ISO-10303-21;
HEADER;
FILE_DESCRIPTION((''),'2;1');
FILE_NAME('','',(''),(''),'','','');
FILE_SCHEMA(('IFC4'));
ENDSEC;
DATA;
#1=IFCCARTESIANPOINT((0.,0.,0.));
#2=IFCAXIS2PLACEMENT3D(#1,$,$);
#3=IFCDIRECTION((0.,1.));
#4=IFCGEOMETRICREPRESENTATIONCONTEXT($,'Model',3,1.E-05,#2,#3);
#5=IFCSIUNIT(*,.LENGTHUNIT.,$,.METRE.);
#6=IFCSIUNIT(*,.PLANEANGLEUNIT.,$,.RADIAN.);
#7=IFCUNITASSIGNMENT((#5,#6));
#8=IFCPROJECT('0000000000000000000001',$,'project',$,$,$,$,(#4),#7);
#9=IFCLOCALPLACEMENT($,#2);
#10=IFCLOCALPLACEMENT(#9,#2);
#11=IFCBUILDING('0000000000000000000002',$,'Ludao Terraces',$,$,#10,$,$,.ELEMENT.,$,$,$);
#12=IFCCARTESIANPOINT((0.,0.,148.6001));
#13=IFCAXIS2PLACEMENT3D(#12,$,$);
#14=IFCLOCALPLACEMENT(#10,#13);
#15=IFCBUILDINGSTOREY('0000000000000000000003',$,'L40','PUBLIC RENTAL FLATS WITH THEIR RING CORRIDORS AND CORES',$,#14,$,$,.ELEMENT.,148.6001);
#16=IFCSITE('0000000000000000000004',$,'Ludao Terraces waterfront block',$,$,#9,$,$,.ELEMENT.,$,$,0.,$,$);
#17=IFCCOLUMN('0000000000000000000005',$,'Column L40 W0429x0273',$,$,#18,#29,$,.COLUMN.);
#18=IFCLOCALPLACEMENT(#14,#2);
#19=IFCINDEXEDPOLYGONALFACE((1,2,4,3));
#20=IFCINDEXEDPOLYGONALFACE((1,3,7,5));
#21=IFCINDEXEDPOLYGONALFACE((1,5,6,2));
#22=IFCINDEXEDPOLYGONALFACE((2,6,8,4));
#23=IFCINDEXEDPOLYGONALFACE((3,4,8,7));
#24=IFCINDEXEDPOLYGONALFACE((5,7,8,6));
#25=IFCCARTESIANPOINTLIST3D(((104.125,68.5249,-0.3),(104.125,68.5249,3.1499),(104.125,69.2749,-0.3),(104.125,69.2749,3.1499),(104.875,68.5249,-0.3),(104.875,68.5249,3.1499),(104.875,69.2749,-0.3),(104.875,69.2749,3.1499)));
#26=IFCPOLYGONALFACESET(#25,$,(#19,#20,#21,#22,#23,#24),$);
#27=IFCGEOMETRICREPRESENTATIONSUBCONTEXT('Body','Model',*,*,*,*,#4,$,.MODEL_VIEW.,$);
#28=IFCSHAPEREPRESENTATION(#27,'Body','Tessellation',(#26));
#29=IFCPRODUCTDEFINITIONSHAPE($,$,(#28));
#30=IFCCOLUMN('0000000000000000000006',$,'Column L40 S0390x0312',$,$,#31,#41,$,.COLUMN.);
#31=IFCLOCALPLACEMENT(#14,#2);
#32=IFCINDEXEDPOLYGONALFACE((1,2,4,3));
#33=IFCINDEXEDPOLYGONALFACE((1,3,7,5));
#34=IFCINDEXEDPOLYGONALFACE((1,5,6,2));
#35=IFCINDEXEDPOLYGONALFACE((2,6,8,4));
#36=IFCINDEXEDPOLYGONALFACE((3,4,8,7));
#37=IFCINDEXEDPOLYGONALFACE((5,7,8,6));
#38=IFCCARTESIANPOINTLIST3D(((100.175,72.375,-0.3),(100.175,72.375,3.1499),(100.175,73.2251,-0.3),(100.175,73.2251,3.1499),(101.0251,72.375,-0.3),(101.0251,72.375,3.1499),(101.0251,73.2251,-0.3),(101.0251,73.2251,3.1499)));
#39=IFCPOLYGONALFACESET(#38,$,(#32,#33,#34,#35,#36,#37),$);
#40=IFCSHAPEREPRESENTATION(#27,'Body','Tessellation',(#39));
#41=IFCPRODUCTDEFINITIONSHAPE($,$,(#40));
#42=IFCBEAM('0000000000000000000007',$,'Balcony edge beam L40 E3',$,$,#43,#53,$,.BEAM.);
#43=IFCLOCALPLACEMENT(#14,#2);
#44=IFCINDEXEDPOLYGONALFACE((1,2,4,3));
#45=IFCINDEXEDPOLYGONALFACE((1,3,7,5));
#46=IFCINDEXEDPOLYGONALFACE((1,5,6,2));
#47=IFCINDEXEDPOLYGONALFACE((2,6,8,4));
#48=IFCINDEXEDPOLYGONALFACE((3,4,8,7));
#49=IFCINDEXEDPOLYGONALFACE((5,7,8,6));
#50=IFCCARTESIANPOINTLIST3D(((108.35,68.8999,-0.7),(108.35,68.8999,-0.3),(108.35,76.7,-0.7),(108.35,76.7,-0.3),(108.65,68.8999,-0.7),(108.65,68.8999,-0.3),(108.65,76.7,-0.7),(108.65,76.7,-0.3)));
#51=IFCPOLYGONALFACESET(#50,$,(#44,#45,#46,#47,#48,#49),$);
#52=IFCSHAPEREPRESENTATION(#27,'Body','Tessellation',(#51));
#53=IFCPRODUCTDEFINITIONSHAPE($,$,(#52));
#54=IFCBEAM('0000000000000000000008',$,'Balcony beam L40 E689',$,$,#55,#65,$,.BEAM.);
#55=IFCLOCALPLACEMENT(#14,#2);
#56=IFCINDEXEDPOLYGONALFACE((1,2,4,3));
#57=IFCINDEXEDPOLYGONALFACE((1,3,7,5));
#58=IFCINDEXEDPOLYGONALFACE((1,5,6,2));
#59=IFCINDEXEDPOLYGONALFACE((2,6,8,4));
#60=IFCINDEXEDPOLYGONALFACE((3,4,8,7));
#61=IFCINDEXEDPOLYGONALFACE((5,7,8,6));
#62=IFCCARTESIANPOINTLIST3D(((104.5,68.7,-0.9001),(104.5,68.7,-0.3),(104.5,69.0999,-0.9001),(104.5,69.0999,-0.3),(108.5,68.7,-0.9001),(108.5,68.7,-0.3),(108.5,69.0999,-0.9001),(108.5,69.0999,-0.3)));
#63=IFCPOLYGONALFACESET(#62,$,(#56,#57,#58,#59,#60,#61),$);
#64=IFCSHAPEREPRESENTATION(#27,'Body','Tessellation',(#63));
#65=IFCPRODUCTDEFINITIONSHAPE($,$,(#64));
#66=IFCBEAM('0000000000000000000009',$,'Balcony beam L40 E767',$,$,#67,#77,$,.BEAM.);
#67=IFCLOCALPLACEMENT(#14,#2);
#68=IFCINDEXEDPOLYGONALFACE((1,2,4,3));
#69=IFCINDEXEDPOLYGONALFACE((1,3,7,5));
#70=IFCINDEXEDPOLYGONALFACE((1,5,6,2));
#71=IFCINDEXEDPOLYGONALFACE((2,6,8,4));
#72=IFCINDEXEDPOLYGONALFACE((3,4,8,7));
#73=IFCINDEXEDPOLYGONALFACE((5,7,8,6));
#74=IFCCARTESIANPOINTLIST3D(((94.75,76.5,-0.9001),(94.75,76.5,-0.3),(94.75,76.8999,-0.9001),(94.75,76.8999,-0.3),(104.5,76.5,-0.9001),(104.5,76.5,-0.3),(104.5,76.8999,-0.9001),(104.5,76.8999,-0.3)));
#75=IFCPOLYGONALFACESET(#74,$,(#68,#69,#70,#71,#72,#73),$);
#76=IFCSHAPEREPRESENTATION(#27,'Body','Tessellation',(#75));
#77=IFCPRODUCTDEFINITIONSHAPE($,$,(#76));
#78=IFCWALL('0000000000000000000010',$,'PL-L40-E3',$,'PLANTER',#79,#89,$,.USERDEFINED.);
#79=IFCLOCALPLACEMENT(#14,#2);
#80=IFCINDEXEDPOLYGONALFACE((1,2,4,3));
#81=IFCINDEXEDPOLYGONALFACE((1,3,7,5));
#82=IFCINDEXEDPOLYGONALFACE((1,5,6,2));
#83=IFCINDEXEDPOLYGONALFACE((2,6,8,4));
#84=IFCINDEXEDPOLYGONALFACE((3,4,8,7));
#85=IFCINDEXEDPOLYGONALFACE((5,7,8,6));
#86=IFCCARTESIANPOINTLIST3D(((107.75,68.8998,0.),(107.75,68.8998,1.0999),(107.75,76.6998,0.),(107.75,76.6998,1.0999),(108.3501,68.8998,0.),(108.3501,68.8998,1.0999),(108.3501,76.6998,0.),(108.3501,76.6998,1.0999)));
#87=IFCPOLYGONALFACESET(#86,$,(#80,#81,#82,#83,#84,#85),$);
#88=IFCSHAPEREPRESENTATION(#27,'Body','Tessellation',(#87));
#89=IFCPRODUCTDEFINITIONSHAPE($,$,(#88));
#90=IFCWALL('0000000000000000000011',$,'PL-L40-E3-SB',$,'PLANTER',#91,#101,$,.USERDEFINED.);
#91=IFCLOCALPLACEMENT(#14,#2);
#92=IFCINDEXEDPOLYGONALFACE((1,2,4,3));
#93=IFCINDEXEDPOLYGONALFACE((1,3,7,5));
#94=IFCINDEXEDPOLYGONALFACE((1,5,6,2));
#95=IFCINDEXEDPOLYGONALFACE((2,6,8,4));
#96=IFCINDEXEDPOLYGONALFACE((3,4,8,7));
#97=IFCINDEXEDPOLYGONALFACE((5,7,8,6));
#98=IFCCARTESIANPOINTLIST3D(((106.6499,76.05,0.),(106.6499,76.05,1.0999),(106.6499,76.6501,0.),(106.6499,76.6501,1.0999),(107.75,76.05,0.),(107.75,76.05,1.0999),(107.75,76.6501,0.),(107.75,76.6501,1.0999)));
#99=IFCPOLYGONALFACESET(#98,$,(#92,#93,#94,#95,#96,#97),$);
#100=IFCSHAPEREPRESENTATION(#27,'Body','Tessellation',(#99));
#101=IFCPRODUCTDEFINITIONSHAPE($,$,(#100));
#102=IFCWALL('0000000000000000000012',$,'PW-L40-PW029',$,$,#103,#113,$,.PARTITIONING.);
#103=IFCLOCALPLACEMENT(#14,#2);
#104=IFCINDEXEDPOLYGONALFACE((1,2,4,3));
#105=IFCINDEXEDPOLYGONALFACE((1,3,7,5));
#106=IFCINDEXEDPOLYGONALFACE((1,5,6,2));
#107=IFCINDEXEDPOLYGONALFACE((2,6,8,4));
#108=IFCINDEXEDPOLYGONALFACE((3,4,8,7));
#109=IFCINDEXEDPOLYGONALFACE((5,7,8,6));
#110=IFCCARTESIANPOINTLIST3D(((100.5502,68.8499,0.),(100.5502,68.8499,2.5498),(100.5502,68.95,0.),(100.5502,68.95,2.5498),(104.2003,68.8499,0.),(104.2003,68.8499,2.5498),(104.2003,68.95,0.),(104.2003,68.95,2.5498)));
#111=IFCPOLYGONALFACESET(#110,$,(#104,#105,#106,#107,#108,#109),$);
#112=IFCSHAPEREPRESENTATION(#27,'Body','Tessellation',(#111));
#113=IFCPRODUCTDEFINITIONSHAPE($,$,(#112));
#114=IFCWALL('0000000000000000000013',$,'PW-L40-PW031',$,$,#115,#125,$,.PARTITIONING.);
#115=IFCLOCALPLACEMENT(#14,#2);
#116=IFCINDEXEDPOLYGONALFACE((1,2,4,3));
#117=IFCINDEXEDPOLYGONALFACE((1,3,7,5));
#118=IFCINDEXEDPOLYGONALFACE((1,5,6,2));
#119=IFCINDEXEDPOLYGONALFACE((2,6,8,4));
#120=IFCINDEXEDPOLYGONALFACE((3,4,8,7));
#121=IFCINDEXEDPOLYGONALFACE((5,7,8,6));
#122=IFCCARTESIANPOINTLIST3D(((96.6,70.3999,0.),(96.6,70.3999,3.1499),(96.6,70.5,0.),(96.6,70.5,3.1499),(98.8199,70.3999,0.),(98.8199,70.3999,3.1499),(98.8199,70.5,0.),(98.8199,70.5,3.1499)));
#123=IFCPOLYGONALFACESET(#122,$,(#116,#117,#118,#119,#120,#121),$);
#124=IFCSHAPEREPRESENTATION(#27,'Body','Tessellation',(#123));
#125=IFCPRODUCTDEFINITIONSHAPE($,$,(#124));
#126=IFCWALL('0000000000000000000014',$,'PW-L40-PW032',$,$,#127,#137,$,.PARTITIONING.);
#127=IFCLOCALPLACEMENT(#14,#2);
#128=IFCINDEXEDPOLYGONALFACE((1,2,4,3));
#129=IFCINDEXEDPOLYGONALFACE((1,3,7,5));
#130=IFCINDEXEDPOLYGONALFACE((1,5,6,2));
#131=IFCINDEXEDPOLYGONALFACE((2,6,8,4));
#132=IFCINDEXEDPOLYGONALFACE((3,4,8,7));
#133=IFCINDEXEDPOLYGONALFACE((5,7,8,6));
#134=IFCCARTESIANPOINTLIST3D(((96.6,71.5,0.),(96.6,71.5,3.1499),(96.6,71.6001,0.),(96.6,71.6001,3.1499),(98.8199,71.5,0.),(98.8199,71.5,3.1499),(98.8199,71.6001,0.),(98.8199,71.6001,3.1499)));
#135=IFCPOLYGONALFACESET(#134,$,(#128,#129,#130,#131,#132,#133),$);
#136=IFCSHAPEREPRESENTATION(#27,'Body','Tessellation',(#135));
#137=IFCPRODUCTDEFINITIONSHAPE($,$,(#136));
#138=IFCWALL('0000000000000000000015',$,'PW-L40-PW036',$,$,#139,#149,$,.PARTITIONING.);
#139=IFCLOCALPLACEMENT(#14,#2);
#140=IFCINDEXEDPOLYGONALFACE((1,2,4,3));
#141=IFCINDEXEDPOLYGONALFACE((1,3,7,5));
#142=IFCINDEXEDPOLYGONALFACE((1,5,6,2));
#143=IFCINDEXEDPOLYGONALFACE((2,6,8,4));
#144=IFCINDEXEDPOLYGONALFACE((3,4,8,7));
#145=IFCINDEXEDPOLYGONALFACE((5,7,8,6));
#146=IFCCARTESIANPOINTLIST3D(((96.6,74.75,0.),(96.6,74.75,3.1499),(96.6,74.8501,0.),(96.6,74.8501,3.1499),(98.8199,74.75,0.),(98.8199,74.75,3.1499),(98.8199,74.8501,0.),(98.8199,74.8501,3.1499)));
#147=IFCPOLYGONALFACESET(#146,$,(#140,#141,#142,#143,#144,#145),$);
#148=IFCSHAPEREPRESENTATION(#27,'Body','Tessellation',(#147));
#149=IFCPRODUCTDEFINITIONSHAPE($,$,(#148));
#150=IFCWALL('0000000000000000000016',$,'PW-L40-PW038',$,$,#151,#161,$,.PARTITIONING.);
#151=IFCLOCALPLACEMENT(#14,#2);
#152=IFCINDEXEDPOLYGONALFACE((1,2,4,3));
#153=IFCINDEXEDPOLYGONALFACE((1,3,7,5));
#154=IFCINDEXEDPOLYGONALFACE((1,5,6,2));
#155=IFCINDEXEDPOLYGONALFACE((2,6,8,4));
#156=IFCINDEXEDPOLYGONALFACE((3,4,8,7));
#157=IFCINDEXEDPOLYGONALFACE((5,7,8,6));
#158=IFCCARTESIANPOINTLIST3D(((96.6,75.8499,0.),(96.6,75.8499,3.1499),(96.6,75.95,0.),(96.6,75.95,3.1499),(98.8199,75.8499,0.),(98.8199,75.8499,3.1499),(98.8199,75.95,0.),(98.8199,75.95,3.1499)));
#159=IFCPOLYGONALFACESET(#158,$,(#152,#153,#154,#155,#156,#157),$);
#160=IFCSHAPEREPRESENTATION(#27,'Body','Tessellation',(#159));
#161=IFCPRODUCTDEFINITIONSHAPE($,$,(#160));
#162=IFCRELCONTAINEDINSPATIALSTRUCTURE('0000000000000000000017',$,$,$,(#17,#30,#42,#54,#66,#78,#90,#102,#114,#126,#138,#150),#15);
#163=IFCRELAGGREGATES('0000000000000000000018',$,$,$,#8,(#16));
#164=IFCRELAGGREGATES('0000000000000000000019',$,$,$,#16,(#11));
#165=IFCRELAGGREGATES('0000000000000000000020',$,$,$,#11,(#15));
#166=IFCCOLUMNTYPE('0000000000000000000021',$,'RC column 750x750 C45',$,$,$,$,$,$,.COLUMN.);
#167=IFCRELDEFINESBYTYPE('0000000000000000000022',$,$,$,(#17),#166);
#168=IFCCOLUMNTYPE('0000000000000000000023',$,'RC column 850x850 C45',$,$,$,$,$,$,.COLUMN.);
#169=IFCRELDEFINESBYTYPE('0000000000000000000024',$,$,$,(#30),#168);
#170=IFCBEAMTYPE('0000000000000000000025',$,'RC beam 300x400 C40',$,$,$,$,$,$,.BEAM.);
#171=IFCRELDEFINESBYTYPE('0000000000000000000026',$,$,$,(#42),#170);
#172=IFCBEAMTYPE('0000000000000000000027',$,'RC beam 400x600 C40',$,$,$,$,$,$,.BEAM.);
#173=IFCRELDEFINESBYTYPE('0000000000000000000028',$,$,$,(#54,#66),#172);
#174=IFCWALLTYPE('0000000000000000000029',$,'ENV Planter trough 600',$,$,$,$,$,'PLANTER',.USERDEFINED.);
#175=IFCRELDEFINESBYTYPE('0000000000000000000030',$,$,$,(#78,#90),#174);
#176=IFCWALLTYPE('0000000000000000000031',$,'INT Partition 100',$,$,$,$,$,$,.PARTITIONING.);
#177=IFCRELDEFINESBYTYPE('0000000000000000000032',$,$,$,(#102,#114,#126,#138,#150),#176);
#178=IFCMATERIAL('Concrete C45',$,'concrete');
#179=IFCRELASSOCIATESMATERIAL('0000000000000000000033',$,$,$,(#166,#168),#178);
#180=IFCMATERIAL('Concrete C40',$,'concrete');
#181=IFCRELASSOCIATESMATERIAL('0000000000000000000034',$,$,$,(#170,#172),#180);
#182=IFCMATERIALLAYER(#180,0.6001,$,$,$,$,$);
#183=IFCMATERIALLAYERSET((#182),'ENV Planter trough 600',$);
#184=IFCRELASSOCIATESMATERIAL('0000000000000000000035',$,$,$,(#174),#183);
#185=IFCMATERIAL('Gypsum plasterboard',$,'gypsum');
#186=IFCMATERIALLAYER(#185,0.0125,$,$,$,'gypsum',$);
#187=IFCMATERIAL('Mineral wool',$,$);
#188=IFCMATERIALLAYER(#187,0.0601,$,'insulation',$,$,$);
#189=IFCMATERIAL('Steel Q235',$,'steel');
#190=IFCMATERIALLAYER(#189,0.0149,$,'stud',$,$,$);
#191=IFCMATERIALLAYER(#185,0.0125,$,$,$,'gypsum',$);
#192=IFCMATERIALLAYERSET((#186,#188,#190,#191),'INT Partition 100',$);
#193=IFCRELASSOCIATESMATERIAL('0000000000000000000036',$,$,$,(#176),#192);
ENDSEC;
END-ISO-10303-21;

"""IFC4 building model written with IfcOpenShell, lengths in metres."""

from ifc_helpers import new_model, si_unit, direction, frame, frame_2d, origin, origin_2d, place, context, subcontext, project, spatial, rectangle, extrude, material, layer, layer_set, material_profile, profile_set, type_object, element, save


model = new_model("IFC4")

# Units and contexts
model_context = context("Model", 3, precision=1e-05, world=origin(), true_north=direction((0.0, 1.0)))
body_context = subcontext(model_context, "Body", "Model", "MODEL_VIEW")
ifc_project = project(units=[si_unit("LENGTHUNIT", "METRE"), si_unit("PLANEANGLEUNIT", "RADIAN")], contexts=[model_context])

# Site, building, storey
site_placement = place(None, origin())
site = spatial("IfcSite", under=ifc_project, at=site_placement, Name="Ludao Terraces waterfront block", CompositionType="ELEMENT", RefElevation=0.0)
building_placement = place(site_placement, origin())
building = spatial("IfcBuilding", under=site, at=building_placement, Name="Ludao Terraces", CompositionType="ELEMENT")
storey_placement = place(building_placement, frame((0.0, 0.0, 148.6001)))
storey = spatial("IfcBuildingStorey", under=building, at=storey_placement, Name="L40", Description="PUBLIC RENTAL FLATS WITH THEIR RING CORRIDORS AND CORES", CompositionType="ELEMENT", Elevation=148.6001)

# Columns
ifc_material_1 = material(Name="Concrete C45", Category="concrete")
ifc_material_profile_1 = material_profile(ifc_material_1, rectangle(XDim=0.75, YDim=0.75, at=origin_2d()), Name="750 X 750")
ifc_profile_set_1 = profile_set([ifc_material_profile_1], Name="Concrete C45")
column_type_1 = type_object("IfcColumnType", Name="RC column 750x750 C45", PredefinedType="COLUMN", material=ifc_profile_set_1)
column_1_placement = place(storey_placement, frame((104.5, 68.8999, -0.3), z_axis=(0.0, 0.0, 1.0), x_axis=(1.0, 0.0, 0.0)))
element("IfcColumn", 1, at=column_1_placement, inside=storey, type_object=column_type_1, Name="Column L40 W0429x0273", PredefinedType="COLUMN", context=body_context, shape_type="SweptSolid", body=[
    extrude(rectangle(XDim=0.75, YDim=0.75, at=origin_2d()), origin(), (0.0, 0.0, 1.0), 3.45),
])
ifc_material_profile_2 = material_profile(ifc_material_1, rectangle(XDim=0.8501, YDim=0.8501, at=origin_2d()), Name="850 X 850")
ifc_profile_set_2 = profile_set([ifc_material_profile_2], Name="Concrete C45")
column_type_2 = type_object("IfcColumnType", Name="RC column 850x850 C45", PredefinedType="COLUMN", material=ifc_profile_set_2)
column_2_placement = place(storey_placement, frame((100.6001, 72.8, -0.3), z_axis=(0.0, 0.0, 1.0), x_axis=(1.0, 0.0, 0.0)))
element("IfcColumn", 2, at=column_2_placement, inside=storey, type_object=column_type_2, Name="Column L40 S0390x0312", PredefinedType="COLUMN", context=body_context, shape_type="SweptSolid", body=[
    extrude(rectangle(XDim=0.8501, YDim=0.8501, at=origin_2d()), origin(), (0.0, 0.0, 1.0), 3.45),
])

# Beams
ifc_material_2 = material(Name="Concrete C40", Category="concrete")
ifc_material_profile_3 = material_profile(ifc_material_2, rectangle(XDim=0.3, YDim=0.3999, at=origin_2d()), Name="300 X 400")
ifc_profile_set_3 = profile_set([ifc_material_profile_3], Name="Concrete C40")
beam_type_1 = type_object("IfcBeamType", Name="RC beam 300x400 C40", PredefinedType="BEAM", material=ifc_profile_set_3)
beam_1_placement = place(storey_placement, frame((108.5, 68.8999, -0.5), z_axis=(0.0, 1.0, 0.0), x_axis=(-1.0, 0.0, 0.0)))
element("IfcBeam", 3, at=beam_1_placement, inside=storey, type_object=beam_type_1, Name="Balcony edge beam L40 E3", PredefinedType="BEAM", context=body_context, shape_type="SweptSolid", body=[
    extrude(rectangle(XDim=0.3, YDim=0.3999, at=origin_2d()), origin(), (0.0, 0.0, 1.0), 7.8),
])
ifc_material_profile_4 = material_profile(ifc_material_2, rectangle(XDim=0.3999, YDim=0.6001, at=origin_2d()), Name="400 X 600")
ifc_profile_set_4 = profile_set([ifc_material_profile_4], Name="Concrete C40")
beam_type_2 = type_object("IfcBeamType", Name="RC beam 400x600 C40", PredefinedType="BEAM", material=ifc_profile_set_4)
beam_2_placement = place(storey_placement, frame((104.5, 68.8999, -0.6001), z_axis=(1.0, 0.0, 0.0), x_axis=(0.0, 1.0, 0.0)))
element("IfcBeam", 4, at=beam_2_placement, inside=storey, type_object=beam_type_2, Name="Balcony beam L40 E689", PredefinedType="BEAM", context=body_context, shape_type="SweptSolid", body=[
    extrude(rectangle(XDim=0.3999, YDim=0.6001, at=origin_2d()), origin(), (0.0, 0.0, 1.0), 4.0),
])
beam_3_placement = place(storey_placement, frame((94.75, 76.7, -0.6001), z_axis=(1.0, 0.0, 0.0), x_axis=(0.0, 1.0, 0.0)))
element("IfcBeam", 5, at=beam_3_placement, inside=storey, type_object=beam_type_2, Name="Balcony beam L40 E767", PredefinedType="BEAM", context=body_context, shape_type="SweptSolid", body=[
    extrude(rectangle(XDim=0.3999, YDim=0.6001, at=origin_2d()), origin(), (0.0, 0.0, 1.0), 9.75),
])

# Walls
ifc_layer_1 = layer(ifc_material_2, 0.6001)
ifc_layer_set_1 = layer_set([ifc_layer_1], Name="ENV Planter trough 600")
wall_type_1 = type_object("IfcWallType", Name="ENV Planter trough 600", ElementType="PLANTER", PredefinedType="USERDEFINED", material=ifc_layer_set_1)
wall_1_placement = place(storey_placement, frame((108.05, 68.8999, 0.0), z_axis=(0.0, 0.0, 1.0), x_axis=(0.0, 1.0, 0.0)))
element("IfcWall", 6, at=wall_1_placement, inside=storey, type_object=wall_type_1, Name="PL-L40-E3", ObjectType="PLANTER", PredefinedType="USERDEFINED", context=body_context, shape_type="SweptSolid", body=[
    extrude(rectangle(XDim=7.8, YDim=0.6001, at=frame_2d((3.8999, 0.0))), origin(), (0.0, 0.0, 1.0), 1.0999),
])
wall_2_placement = place(storey_placement, frame((107.75, 76.3501, 0.0), z_axis=(0.0, 0.0, 1.0), x_axis=(-1.0, 0.0, 0.0)))
element("IfcWall", 7, at=wall_2_placement, inside=storey, type_object=wall_type_1, Name="PL-L40-E3-SB", ObjectType="PLANTER", PredefinedType="USERDEFINED", context=body_context, shape_type="SweptSolid", body=[
    extrude(rectangle(XDim=1.1001, YDim=0.6001, at=frame_2d((0.55, 0.0))), origin(), (0.0, 0.0, 1.0), 1.0999),
])

# Shared definitions
ifc_material_3 = material(Name="Mineral wool")

# Walls
ifc_material_4 = material(Name="Gypsum plasterboard", Category="gypsum")
ifc_layer_2 = layer(ifc_material_4, 0.0125, Category="gypsum")
ifc_layer_3 = layer(ifc_material_3, 0.0601, Name="insulation")
ifc_material_5 = material(Name="Steel Q235", Category="steel")
ifc_layer_4 = layer(ifc_material_5, 0.0149, Name="stud")
ifc_layer_5 = layer(ifc_material_4, 0.0125, Category="gypsum")
ifc_layer_set_2 = layer_set([ifc_layer_2, ifc_layer_3, ifc_layer_4, ifc_layer_5], Name="INT Partition 100")
wall_type_2 = type_object("IfcWallType", Name="INT Partition 100", PredefinedType="PARTITIONING", material=ifc_layer_set_2)
wall_3_placement = place(storey_placement, frame((100.55, 68.8999, 0.0), z_axis=(0.0, 0.0, 1.0), x_axis=(1.0, 0.0, 0.0)))
element("IfcWall", 8, at=wall_3_placement, inside=storey, type_object=wall_type_2, Name="PW-L40-PW029", PredefinedType="PARTITIONING", context=body_context, shape_type="SweptSolid", body=[
    extrude(rectangle(XDim=3.6501, YDim=0.1001, at=frame_2d((1.8252, 0.0))), origin(), (0.0, 0.0, 1.0), 2.5498),
])
for number, where, z_axis, x_axis, name in (
    (9, (96.6001, 70.45, 0.0), (0.0, 0.0, 1.0), (1.0, 0.0, 0.0), "PW-L40-PW031"),
    (10, (96.6001, 71.55, 0.0), (0.0, 0.0, 1.0), (1.0, 0.0, 0.0), "PW-L40-PW032"),
    (11, (96.6001, 74.8, 0.0), (0.0, 0.0, 1.0), (1.0, 0.0, 0.0), "PW-L40-PW036"),
    (12, (96.6001, 75.8999, 0.0), (0.0, 0.0, 1.0), (1.0, 0.0, 0.0), "PW-L40-PW038"),
):
    element("IfcWall", number, at=place(storey_placement, frame(where, z_axis=z_axis, x_axis=x_axis)), inside=storey, type_object=wall_type_2, Name=name, PredefinedType="PARTITIONING", context=body_context, shape_type="SweptSolid", body=[
        extrude(rectangle(XDim=2.22, YDim=0.1001, at=frame_2d((1.1099, 0.0))), origin(), (0.0, 0.0, 1.0), 3.1499),
    ])

save(model, "model.ifc")
